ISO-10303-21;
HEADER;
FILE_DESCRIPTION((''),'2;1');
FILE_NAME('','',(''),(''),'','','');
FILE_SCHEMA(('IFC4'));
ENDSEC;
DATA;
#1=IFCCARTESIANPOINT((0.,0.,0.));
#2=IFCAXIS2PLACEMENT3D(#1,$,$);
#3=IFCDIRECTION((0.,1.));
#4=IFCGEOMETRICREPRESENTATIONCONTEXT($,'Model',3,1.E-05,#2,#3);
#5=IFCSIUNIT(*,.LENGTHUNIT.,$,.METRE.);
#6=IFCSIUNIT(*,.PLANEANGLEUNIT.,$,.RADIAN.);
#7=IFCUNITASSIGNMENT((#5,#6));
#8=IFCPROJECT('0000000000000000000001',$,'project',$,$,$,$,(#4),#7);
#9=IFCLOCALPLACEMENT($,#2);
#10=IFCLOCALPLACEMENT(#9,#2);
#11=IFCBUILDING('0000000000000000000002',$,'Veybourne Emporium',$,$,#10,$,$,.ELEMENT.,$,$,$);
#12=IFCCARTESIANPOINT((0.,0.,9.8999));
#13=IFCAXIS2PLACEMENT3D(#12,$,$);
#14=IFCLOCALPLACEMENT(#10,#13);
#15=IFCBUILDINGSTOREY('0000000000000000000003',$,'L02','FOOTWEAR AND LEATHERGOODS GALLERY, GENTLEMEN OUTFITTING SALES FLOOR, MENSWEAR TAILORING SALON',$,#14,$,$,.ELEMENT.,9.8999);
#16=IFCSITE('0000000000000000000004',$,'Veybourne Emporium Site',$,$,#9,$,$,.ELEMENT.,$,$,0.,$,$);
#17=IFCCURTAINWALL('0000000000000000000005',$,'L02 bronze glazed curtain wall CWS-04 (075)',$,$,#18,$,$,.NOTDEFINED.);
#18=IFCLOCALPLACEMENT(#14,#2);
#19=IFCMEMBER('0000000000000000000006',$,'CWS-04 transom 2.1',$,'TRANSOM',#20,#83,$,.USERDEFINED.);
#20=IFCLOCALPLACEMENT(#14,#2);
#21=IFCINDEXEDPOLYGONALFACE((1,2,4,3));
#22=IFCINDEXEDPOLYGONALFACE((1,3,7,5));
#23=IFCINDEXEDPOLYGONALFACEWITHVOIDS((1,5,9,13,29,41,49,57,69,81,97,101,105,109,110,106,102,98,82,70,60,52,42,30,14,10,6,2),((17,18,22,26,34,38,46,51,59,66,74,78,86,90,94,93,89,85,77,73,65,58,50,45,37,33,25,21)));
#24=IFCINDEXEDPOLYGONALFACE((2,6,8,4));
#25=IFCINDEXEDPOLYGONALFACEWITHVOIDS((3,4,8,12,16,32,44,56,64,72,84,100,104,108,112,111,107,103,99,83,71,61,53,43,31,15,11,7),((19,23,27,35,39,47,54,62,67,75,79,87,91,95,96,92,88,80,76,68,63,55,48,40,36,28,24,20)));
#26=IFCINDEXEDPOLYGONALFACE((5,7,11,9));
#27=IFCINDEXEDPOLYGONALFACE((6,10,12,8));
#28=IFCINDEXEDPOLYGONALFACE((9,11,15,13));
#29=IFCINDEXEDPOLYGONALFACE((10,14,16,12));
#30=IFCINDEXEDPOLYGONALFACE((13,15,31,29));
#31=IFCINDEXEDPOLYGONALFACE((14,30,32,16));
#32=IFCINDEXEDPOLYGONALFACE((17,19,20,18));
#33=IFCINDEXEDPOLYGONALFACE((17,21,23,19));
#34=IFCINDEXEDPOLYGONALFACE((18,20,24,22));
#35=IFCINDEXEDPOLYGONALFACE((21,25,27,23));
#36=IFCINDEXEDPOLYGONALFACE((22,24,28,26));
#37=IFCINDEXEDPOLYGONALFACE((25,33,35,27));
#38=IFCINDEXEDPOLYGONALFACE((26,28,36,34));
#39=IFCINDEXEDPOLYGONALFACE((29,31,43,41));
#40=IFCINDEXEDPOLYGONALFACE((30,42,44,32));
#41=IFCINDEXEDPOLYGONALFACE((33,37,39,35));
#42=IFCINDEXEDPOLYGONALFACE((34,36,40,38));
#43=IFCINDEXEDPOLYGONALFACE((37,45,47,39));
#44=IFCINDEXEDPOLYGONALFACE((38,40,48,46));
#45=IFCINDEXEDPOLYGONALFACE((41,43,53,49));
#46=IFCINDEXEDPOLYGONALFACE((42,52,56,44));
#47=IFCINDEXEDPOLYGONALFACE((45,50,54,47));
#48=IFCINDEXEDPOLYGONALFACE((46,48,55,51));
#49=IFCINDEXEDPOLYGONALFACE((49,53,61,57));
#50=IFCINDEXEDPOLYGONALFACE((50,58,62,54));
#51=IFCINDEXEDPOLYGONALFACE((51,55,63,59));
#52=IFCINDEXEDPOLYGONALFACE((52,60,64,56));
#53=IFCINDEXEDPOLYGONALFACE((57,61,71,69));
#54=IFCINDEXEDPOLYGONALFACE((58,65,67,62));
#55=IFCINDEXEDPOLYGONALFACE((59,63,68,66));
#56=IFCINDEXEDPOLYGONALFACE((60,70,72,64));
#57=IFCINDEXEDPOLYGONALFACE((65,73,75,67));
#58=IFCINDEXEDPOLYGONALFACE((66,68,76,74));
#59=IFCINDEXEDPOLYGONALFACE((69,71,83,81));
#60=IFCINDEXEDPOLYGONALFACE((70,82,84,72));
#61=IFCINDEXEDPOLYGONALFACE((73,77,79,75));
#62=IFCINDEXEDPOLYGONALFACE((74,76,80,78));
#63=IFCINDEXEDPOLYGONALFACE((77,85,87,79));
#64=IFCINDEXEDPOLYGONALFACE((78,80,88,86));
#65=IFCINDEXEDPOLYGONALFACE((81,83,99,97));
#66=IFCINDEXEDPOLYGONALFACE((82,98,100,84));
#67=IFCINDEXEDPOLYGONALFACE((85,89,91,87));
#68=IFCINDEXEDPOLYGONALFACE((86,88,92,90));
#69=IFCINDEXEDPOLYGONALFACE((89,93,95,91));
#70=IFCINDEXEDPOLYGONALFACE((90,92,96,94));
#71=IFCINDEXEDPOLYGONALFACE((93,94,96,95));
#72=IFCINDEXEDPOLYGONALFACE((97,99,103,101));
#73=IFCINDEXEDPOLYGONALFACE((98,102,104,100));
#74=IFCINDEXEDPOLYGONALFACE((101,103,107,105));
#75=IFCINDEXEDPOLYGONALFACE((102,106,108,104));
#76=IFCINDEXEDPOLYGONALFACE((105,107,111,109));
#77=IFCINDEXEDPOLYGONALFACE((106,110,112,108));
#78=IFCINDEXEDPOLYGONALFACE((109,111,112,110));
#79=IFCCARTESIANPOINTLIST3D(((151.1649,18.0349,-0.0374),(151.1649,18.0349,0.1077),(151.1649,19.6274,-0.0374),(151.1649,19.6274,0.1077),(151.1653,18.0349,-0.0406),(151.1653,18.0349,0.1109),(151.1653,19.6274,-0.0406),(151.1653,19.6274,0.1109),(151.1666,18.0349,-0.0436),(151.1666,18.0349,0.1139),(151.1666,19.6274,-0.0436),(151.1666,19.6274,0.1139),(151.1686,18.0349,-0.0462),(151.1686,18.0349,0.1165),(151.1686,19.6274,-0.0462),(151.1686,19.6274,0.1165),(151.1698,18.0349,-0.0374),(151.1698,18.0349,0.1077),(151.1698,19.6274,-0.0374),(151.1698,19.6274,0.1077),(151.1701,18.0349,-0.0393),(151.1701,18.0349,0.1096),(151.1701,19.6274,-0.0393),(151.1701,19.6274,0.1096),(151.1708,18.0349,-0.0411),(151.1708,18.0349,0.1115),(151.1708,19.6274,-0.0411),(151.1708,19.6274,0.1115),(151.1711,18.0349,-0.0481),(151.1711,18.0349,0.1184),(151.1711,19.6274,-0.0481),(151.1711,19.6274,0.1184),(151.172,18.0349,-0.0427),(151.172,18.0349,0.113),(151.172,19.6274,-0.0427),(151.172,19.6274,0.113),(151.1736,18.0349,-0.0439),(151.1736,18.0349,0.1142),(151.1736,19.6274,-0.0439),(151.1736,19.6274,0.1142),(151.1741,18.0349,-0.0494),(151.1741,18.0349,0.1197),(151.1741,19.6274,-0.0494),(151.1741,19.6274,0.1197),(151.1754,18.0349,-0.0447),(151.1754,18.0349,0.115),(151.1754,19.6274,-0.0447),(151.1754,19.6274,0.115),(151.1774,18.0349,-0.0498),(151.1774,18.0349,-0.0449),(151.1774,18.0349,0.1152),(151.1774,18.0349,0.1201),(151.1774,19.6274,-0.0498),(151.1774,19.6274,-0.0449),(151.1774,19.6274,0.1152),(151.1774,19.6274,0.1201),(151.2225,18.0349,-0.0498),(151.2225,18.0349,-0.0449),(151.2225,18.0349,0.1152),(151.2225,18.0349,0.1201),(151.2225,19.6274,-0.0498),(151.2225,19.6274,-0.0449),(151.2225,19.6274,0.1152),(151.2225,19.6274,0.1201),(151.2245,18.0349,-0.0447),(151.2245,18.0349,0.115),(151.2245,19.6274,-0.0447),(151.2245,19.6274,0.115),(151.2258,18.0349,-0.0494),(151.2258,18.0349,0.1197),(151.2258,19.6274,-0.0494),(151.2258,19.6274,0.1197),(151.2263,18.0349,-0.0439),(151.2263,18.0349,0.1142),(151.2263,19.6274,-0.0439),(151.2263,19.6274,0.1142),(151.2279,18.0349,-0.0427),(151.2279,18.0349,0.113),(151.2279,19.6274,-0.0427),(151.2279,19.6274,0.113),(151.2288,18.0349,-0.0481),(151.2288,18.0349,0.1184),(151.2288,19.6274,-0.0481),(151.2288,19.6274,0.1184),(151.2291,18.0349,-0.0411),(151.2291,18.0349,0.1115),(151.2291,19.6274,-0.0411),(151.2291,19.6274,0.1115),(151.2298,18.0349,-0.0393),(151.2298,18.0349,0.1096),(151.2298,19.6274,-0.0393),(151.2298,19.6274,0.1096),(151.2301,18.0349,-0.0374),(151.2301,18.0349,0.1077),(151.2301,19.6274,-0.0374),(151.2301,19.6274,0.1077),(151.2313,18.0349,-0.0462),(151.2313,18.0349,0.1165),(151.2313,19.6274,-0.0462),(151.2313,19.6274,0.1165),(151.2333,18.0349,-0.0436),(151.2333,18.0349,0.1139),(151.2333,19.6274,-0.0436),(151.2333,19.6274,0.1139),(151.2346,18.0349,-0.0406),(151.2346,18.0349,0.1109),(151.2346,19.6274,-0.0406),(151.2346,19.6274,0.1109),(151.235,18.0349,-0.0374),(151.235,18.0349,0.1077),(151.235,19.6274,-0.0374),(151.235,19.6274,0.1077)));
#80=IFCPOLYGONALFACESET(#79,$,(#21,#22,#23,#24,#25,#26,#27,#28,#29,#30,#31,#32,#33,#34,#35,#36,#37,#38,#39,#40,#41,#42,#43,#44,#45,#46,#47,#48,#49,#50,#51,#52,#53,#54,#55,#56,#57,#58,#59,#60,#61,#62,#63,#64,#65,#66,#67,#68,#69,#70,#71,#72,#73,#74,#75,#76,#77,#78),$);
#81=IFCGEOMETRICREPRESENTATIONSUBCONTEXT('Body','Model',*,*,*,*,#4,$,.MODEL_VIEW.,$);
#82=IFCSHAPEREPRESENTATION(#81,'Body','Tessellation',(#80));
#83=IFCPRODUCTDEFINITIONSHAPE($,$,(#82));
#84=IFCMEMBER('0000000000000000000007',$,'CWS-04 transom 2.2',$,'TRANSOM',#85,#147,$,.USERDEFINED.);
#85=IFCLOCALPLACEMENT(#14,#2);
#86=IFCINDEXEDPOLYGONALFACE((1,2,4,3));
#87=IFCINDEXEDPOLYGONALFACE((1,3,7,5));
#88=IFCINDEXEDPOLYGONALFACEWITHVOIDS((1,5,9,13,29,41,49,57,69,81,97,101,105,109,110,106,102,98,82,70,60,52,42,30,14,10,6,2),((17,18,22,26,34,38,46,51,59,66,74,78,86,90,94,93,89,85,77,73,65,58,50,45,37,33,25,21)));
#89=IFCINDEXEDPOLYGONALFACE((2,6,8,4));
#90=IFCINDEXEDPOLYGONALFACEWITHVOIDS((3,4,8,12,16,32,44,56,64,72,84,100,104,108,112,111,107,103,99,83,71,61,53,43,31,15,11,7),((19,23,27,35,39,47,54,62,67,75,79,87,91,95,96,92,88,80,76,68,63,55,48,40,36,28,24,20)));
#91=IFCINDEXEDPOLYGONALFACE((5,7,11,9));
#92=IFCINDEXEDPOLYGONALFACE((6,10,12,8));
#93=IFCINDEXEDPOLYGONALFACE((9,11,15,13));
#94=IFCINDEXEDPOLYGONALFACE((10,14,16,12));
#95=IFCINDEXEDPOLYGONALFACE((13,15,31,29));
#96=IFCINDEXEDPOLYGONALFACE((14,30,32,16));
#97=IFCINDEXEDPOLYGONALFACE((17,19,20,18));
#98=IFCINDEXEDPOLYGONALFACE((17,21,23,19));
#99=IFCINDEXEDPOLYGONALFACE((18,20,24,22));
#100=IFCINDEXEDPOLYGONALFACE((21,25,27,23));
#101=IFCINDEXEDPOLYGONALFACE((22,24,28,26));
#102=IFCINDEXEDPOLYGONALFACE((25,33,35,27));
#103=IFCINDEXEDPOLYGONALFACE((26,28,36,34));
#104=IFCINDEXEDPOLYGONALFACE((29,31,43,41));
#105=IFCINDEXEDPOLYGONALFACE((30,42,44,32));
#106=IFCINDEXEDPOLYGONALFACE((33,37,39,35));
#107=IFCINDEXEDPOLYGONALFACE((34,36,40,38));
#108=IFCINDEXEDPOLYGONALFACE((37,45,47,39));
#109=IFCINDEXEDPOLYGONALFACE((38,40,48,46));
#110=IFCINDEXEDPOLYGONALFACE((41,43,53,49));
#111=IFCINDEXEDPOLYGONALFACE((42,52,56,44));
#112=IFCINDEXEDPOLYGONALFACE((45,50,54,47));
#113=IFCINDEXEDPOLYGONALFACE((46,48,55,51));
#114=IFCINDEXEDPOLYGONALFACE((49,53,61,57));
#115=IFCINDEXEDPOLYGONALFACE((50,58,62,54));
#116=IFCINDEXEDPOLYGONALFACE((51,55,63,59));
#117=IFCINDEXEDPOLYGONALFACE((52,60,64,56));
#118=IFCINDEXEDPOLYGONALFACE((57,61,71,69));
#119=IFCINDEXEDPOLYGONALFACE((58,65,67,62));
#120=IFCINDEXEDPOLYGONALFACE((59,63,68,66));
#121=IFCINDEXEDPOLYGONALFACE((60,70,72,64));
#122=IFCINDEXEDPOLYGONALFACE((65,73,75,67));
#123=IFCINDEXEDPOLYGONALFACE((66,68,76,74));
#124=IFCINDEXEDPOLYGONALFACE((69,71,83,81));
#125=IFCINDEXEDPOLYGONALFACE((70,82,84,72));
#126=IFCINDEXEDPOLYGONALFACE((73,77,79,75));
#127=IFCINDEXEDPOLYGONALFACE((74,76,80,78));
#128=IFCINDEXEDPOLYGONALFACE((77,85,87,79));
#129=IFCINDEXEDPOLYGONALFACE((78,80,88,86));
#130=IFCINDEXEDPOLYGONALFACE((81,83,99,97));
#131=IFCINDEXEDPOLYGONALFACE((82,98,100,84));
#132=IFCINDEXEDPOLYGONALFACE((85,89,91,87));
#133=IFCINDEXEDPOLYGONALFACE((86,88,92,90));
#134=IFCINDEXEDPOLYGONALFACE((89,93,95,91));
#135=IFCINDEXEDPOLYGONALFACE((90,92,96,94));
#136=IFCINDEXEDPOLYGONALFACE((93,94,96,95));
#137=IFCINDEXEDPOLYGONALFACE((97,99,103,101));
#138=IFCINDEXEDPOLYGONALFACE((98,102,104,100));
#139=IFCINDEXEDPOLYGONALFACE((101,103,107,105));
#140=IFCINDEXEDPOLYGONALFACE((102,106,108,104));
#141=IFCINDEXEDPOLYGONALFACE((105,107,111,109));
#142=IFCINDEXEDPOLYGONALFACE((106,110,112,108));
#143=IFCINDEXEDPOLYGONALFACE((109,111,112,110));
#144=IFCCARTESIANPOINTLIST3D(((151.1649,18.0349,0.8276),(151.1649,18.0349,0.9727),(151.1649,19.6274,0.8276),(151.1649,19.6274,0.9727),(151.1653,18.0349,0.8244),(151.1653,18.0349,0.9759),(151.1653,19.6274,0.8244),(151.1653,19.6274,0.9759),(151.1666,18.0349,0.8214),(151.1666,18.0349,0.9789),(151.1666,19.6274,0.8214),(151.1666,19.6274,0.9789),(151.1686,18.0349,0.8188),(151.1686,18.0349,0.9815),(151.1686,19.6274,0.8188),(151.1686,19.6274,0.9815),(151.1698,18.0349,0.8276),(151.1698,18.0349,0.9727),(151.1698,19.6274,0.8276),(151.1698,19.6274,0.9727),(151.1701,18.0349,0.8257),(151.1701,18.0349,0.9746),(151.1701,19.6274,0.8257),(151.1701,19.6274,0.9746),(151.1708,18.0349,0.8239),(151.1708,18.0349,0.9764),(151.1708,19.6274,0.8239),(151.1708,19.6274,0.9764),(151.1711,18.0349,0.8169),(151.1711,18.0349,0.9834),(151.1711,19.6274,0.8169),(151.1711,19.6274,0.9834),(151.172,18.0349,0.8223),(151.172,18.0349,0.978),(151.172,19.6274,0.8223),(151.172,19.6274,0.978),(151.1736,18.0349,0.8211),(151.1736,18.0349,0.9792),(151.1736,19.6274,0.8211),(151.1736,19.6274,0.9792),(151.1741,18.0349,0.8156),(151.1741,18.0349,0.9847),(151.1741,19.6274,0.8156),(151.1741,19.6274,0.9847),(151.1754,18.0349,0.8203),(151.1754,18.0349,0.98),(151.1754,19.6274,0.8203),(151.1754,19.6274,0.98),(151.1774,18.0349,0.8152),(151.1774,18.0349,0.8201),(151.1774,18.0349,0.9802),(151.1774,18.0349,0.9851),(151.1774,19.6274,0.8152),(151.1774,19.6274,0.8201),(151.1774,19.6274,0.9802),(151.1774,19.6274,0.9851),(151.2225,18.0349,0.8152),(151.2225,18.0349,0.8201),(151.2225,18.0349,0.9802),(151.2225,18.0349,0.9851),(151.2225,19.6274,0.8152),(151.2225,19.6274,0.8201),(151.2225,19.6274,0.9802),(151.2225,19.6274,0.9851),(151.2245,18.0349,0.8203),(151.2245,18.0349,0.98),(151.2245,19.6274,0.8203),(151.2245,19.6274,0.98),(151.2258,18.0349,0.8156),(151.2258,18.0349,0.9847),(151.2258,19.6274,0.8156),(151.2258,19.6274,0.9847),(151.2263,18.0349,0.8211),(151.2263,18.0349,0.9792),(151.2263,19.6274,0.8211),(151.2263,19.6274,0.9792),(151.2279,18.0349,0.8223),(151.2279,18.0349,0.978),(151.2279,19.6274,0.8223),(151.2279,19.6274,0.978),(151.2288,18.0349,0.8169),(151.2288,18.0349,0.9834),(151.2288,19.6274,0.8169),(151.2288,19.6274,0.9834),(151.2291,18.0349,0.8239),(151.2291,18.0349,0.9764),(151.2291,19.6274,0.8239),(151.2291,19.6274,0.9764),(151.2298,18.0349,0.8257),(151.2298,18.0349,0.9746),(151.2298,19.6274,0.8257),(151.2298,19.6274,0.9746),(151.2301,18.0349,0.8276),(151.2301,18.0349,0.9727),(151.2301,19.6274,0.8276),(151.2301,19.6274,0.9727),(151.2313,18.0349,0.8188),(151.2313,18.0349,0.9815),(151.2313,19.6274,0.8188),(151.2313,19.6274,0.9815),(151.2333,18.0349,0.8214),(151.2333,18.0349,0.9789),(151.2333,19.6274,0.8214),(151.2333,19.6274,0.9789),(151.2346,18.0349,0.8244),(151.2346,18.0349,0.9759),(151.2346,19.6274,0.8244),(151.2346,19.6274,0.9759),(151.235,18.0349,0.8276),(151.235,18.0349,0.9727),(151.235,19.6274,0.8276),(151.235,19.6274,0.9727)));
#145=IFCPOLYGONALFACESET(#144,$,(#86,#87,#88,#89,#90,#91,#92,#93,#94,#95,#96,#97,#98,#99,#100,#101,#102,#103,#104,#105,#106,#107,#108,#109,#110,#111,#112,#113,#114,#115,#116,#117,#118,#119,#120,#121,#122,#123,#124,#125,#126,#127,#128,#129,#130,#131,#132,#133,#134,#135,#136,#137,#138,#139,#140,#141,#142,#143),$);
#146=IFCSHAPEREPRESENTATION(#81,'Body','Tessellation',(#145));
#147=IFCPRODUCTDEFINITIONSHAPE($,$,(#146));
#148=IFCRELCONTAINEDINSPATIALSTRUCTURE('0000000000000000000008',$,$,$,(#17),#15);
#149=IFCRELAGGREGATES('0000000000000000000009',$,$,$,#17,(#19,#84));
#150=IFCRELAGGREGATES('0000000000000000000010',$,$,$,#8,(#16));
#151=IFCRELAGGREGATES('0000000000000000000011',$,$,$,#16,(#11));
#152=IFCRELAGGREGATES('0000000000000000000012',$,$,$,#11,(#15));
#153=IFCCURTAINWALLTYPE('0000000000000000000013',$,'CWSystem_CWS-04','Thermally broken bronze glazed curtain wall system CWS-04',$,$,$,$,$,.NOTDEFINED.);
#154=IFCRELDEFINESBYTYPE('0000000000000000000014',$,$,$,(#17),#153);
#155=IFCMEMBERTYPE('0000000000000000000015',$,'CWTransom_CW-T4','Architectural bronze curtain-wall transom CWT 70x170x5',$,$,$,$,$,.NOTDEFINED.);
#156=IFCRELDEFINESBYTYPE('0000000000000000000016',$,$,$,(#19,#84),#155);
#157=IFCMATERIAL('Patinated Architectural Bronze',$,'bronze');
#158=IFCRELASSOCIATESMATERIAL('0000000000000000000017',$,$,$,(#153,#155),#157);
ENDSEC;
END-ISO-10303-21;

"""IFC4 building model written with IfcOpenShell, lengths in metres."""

from ifc_helpers import new_model, si_unit, direction, frame, origin, origin_2d, place, context, subcontext, project, spatial, hollow_rectangle, extrude, material, material_profile, profile_set, type_object, element, aggregate, save


model = new_model("IFC4")

# Units and contexts
model_context = context("Model", 3, precision=1e-05, world=origin(), true_north=direction((0.0, 1.0)))
body_context = subcontext(model_context, "Body", "Model", "MODEL_VIEW")
ifc_project = project(units=[si_unit("LENGTHUNIT", "METRE"), si_unit("PLANEANGLEUNIT", "RADIAN")], contexts=[model_context])

# Site, building, storey
site_placement = place(None, origin())
site = spatial("IfcSite", under=ifc_project, at=site_placement, Name="Veybourne Emporium Site", CompositionType="ELEMENT", RefElevation=0.0)
building_placement = place(site_placement, origin())
building = spatial("IfcBuilding", under=site, at=building_placement, Name="Veybourne Emporium", CompositionType="ELEMENT")
storey_placement = place(building_placement, frame((0.0, 0.0, 9.8999)))
storey = spatial("IfcBuildingStorey", under=building, at=storey_placement, Name="L02", Description="FOOTWEAR AND LEATHERGOODS GALLERY, GENTLEMEN OUTFITTING SALES FLOOR, MENSWEAR TAILORING SALON", CompositionType="ELEMENT", Elevation=9.8999)

# Curtain wall, members
ifc_material_1 = material(Name="Patinated Architectural Bronze", Category="bronze")
curtain_wall_type = type_object("IfcCurtainWallType", Name="CWSystem_CWS-04", Description="Thermally broken bronze glazed curtain wall system CWS-04", PredefinedType="NOTDEFINED", material=ifc_material_1)
curtain_wall_placement = place(storey_placement, origin())
curtain_wall = element("IfcCurtainWall", 1, at=curtain_wall_placement, inside=storey, type_object=curtain_wall_type, Name="L02 bronze glazed curtain wall CWS-04 (075)", PredefinedType="NOTDEFINED")
ifc_material_profile_1 = material_profile(ifc_material_1, hollow_rectangle(XDim=0.0701, YDim=0.1699, WallThickness=0.0049, InnerFilletRadius=0.0076, OuterFilletRadius=0.0125, at=origin_2d()), Name="CWT 70x170x5")
ifc_profile_set_1 = profile_set([ifc_material_profile_1], Name="Patinated Architectural Bronze")
member_type_1 = type_object("IfcMemberType", Name="CWTransom_CW-T4", Description="Architectural bronze curtain-wall transom CWT 70x170x5", PredefinedType="NOTDEFINED", material=ifc_profile_set_1)
member_1_placement = place(storey_placement, frame((151.2, 19.6274, 0.0352), z_axis=(0.0, -1.0, 0.0), x_axis=(1.0, 0.0, 0.0)))
member_1 = element("IfcMember", 2, at=member_1_placement, type_object=member_type_1, Name="CWS-04 transom 2.1", ObjectType="TRANSOM", PredefinedType="USERDEFINED", context=body_context, shape_type="SweptSolid", body=[
    extrude(hollow_rectangle(XDim=0.0701, YDim=0.1699, WallThickness=0.0049, InnerFilletRadius=0.0076, OuterFilletRadius=0.0125, at=origin_2d()), origin(), (0.0, 0.0, 1.0), 1.5925),
])
member_2_placement = place(storey_placement, frame((151.2, 19.6274, 0.9001), z_axis=(0.0, -1.0, 0.0), x_axis=(1.0, 0.0, 0.0)))
member_2 = element("IfcMember", 3, at=member_2_placement, type_object=member_type_1, Name="CWS-04 transom 2.2", ObjectType="TRANSOM", PredefinedType="USERDEFINED", context=body_context, shape_type="SweptSolid", body=[
    extrude(hollow_rectangle(XDim=0.0701, YDim=0.1699, WallThickness=0.0049, InnerFilletRadius=0.0076, OuterFilletRadius=0.0125, at=origin_2d()), origin(), (0.0, 0.0, 1.0), 1.5925),
])
aggregate(curtain_wall, [member_1, member_2])

save(model, "model.ifc")
